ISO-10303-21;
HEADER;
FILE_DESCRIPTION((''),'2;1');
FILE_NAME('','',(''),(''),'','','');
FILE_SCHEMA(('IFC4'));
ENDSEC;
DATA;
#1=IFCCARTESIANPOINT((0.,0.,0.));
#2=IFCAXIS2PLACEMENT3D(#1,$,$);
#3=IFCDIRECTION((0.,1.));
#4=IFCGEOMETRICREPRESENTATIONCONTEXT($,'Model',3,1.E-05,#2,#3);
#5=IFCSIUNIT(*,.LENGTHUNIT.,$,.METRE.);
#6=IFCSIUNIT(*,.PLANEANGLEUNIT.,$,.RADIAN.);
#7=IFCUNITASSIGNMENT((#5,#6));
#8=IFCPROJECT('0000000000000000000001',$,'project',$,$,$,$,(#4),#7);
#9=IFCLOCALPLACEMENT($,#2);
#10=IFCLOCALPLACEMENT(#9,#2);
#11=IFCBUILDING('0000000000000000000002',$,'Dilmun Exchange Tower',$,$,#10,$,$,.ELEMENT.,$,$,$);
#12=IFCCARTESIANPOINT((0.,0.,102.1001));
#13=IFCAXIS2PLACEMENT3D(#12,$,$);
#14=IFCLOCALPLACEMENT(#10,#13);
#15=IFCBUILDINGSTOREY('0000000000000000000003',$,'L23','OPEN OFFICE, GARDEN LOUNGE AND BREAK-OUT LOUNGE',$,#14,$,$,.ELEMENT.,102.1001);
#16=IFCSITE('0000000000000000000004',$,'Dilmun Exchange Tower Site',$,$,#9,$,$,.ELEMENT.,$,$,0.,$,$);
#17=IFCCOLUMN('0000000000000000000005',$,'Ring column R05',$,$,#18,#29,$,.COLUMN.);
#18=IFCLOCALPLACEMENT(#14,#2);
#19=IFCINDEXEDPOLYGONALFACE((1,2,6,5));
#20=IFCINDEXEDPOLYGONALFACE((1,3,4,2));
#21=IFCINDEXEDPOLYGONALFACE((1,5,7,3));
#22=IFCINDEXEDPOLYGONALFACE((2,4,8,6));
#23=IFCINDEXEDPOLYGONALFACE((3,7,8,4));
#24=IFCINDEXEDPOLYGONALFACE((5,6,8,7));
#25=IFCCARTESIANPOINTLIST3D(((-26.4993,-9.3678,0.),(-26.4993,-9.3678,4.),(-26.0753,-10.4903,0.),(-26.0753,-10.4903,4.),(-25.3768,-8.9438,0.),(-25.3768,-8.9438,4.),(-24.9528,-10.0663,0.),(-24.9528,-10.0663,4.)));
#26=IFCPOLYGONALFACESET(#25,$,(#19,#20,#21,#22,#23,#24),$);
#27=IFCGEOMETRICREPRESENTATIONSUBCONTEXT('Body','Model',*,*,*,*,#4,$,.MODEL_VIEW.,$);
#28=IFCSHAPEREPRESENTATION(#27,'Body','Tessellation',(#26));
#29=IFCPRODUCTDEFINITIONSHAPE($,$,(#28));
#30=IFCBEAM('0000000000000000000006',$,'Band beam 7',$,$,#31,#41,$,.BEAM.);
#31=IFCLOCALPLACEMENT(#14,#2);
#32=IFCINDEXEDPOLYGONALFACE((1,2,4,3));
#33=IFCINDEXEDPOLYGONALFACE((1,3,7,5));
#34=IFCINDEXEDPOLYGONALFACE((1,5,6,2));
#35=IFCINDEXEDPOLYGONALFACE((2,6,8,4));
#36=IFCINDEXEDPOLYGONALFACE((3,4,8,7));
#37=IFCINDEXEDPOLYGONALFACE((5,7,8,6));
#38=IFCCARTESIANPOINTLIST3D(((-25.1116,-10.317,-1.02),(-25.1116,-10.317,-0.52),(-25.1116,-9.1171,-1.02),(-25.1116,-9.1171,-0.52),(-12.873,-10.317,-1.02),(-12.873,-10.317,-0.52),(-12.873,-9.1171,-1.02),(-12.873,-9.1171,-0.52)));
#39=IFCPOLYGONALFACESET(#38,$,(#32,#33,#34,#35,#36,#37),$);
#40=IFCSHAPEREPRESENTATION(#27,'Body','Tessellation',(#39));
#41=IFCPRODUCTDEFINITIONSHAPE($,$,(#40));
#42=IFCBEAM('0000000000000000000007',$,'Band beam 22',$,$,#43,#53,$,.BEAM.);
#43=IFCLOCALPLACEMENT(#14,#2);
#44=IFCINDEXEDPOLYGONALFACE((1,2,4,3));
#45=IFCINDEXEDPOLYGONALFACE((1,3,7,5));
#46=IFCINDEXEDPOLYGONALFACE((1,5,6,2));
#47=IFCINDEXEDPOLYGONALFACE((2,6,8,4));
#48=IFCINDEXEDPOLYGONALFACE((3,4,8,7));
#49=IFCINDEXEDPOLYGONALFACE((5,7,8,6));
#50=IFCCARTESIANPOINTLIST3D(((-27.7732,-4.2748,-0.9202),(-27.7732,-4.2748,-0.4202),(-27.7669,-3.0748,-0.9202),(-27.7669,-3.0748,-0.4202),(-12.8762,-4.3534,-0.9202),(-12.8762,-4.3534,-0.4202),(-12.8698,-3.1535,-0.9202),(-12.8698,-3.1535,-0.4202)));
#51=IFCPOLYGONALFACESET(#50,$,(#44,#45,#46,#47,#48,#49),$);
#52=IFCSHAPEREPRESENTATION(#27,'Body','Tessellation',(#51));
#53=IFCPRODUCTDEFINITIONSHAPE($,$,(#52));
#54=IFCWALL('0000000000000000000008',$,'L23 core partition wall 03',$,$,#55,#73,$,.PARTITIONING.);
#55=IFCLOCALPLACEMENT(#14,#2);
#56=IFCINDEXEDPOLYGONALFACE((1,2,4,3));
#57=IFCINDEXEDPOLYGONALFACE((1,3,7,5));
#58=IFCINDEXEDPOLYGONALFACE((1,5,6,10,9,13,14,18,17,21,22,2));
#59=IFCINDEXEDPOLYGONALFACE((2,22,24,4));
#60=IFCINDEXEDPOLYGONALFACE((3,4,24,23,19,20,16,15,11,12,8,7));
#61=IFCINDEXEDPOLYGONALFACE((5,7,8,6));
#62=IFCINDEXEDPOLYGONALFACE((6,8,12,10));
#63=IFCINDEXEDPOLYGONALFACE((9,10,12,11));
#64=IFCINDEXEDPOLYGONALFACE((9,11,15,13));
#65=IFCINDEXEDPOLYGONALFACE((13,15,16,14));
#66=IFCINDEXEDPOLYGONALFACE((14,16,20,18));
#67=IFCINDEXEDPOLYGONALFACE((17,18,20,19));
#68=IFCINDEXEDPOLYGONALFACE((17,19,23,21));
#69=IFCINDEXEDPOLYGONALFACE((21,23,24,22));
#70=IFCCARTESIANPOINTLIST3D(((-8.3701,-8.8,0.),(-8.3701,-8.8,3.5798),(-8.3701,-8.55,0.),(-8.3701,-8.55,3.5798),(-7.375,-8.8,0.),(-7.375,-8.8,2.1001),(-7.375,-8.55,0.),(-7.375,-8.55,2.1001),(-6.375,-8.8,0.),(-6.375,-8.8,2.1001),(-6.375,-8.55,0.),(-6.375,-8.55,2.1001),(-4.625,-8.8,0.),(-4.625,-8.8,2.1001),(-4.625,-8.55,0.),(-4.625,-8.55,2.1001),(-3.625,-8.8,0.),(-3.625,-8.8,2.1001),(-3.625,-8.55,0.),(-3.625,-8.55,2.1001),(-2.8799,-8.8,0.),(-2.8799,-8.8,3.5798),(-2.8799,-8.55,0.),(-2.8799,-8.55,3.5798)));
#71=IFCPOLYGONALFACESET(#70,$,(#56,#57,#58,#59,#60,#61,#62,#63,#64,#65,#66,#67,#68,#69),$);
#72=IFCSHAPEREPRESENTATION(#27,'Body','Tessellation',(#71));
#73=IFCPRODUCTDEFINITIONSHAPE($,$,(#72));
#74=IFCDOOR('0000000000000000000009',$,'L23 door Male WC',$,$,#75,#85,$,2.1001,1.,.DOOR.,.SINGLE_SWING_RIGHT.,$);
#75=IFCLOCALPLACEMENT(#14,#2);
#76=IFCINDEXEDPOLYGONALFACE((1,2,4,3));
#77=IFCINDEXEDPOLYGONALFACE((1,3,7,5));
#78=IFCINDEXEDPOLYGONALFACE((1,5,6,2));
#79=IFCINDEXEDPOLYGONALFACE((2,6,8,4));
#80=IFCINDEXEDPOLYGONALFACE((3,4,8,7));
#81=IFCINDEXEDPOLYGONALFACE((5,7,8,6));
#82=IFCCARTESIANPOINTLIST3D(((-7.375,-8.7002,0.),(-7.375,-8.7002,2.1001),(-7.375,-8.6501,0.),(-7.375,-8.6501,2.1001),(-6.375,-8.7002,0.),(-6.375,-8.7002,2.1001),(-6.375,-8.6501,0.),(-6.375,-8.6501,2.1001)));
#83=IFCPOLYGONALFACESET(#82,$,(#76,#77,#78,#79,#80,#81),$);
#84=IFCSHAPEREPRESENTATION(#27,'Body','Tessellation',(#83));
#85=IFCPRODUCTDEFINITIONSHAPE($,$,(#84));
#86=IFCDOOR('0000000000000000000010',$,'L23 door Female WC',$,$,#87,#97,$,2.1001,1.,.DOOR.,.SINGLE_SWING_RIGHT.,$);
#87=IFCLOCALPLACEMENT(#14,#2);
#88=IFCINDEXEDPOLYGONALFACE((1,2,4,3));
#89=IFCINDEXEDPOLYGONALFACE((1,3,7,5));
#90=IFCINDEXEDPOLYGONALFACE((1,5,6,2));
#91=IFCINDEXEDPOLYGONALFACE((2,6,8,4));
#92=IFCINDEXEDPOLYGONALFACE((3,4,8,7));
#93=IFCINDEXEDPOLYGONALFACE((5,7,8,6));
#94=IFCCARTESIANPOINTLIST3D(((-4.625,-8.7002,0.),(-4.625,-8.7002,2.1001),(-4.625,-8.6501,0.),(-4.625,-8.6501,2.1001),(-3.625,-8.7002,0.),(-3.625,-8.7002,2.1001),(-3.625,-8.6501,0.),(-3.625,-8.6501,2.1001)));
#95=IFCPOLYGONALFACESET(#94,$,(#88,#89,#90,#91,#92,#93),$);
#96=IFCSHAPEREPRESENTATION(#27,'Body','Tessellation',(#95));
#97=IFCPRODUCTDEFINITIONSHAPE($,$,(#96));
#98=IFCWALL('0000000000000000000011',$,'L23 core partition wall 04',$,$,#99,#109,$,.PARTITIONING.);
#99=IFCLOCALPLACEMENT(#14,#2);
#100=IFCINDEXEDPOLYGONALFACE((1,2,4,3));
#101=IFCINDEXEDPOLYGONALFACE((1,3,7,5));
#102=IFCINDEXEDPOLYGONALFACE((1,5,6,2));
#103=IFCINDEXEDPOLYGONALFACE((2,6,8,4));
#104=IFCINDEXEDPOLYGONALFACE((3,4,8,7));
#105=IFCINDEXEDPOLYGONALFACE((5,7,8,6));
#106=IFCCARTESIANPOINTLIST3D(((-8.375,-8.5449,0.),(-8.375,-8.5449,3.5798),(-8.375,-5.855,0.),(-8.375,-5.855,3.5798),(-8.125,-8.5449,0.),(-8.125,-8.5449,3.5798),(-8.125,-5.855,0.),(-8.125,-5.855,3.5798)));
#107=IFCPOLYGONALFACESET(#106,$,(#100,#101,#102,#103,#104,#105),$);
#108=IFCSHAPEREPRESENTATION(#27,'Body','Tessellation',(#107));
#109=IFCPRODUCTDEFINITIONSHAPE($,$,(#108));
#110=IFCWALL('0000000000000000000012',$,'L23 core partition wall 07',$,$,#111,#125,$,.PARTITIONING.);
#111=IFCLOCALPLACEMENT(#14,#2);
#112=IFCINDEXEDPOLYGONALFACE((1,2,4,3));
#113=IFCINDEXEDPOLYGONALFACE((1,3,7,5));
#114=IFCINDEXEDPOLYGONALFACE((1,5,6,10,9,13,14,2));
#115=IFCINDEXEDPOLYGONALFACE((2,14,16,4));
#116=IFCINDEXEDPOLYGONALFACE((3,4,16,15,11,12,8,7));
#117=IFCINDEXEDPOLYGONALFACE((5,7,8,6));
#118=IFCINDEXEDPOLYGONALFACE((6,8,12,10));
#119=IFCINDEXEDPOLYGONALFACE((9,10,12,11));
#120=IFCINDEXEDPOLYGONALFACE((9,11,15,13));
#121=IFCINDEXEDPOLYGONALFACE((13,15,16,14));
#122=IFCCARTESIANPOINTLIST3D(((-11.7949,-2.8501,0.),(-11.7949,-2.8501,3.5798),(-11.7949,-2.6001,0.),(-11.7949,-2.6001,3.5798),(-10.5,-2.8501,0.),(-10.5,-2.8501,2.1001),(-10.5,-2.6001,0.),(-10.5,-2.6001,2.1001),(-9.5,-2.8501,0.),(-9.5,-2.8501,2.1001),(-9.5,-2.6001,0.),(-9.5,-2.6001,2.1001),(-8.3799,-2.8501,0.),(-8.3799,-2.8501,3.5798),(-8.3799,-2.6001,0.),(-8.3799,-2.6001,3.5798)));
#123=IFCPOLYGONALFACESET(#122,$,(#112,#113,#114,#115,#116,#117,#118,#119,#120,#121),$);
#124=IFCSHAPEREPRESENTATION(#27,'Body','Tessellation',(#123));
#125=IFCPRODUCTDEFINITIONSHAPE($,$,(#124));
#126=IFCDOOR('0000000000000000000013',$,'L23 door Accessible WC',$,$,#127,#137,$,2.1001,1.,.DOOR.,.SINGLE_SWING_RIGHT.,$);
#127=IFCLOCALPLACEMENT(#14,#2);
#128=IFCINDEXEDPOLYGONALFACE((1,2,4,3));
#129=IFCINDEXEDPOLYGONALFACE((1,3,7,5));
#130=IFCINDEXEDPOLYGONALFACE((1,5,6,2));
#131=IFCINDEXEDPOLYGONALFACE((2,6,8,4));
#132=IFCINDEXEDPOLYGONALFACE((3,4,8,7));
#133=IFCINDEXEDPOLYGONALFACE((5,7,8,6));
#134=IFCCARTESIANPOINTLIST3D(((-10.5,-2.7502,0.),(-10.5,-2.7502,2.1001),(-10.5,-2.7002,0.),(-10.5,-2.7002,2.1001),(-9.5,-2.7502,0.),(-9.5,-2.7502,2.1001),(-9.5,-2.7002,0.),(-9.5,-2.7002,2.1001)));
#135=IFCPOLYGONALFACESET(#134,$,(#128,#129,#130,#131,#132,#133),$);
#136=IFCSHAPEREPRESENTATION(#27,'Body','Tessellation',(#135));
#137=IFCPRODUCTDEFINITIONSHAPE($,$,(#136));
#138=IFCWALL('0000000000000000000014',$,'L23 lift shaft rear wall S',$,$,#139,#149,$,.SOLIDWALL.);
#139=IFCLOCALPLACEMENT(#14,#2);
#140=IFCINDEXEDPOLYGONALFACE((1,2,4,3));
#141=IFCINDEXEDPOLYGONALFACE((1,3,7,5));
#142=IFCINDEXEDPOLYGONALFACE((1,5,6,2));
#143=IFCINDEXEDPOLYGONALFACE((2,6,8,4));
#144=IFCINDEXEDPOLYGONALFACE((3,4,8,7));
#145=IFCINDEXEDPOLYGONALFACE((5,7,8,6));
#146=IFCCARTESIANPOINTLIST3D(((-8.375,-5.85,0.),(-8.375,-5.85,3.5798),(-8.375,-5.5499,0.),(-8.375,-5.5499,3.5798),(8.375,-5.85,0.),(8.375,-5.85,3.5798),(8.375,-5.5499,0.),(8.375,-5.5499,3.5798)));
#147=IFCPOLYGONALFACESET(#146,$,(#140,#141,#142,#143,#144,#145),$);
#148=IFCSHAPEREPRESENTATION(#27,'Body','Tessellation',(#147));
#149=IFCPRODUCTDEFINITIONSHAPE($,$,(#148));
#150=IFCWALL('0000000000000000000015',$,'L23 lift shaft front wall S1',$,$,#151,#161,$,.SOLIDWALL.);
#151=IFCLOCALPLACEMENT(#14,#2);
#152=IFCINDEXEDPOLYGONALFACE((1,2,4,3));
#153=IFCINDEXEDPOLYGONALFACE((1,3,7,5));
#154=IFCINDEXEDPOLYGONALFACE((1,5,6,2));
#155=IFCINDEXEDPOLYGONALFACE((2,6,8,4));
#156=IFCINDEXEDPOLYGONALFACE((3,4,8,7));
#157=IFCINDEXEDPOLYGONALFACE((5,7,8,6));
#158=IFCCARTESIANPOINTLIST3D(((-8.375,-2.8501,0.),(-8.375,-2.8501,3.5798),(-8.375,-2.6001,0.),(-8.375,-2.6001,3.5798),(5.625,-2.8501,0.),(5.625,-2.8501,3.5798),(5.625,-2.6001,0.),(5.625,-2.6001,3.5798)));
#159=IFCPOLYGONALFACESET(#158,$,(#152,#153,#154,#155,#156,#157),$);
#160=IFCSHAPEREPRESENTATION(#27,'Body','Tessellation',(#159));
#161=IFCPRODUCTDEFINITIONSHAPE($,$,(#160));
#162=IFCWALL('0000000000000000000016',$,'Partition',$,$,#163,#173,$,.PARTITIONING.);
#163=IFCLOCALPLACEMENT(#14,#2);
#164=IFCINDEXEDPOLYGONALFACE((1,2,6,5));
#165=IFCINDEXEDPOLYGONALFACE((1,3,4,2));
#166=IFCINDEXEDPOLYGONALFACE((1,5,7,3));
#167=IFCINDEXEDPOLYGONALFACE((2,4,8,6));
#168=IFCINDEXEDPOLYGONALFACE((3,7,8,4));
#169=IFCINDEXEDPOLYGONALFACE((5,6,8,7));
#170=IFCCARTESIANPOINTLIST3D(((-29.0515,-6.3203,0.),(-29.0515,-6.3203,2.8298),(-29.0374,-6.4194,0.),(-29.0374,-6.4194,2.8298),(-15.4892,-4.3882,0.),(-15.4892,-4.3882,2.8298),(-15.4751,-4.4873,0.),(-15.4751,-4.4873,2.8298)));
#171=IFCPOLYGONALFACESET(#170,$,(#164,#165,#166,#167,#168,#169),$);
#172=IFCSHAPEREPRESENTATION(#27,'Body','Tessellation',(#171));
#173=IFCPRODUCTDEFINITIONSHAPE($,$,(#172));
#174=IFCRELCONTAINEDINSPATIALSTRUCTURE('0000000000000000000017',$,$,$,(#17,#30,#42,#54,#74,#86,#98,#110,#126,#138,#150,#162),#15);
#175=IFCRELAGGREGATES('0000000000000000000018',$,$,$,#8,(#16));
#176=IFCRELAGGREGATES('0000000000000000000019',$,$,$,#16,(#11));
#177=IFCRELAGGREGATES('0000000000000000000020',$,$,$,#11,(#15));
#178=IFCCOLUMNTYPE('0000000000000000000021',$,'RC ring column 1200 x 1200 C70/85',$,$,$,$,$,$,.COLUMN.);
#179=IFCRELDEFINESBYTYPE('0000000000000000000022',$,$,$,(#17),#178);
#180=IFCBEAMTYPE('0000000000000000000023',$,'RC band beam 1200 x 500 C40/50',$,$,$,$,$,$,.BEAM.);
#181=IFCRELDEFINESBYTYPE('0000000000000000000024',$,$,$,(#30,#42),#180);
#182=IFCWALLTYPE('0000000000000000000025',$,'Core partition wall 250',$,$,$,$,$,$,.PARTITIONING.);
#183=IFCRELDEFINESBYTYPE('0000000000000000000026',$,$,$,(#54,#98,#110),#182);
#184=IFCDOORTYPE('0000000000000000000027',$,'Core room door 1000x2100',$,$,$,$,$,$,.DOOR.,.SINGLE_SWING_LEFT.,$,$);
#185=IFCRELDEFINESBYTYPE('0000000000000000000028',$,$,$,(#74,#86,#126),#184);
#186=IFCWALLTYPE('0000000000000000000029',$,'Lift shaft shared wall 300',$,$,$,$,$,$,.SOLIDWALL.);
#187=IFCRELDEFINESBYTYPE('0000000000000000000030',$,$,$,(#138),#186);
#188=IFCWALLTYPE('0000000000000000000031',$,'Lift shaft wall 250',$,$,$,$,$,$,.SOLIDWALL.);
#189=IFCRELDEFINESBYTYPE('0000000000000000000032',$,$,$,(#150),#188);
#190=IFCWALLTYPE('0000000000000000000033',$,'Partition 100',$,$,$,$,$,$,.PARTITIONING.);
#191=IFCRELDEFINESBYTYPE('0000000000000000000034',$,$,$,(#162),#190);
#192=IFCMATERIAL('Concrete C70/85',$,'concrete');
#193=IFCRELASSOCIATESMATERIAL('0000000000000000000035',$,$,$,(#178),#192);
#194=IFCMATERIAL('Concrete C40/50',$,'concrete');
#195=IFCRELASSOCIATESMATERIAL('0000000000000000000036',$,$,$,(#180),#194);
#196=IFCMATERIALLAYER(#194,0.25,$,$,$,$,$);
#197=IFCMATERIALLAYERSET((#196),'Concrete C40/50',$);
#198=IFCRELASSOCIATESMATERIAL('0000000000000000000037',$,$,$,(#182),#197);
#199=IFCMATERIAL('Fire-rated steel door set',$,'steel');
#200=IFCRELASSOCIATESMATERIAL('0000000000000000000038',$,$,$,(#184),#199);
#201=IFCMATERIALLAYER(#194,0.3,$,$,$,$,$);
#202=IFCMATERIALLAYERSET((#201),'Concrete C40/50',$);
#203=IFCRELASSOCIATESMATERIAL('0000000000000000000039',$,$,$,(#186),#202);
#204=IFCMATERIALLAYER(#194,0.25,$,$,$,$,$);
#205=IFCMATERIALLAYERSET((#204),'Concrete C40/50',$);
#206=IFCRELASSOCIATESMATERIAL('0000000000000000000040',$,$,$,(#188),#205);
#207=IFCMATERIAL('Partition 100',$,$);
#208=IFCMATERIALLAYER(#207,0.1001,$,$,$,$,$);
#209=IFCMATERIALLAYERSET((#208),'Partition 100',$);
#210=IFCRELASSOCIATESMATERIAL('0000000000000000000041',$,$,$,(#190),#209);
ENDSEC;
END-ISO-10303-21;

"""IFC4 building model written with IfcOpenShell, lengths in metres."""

from ifc_helpers import new_model, si_unit, direction, frame, frame_2d, origin, origin_2d, place, context, subcontext, project, spatial, rectangle, extrude, material, layer, layer_set, material_profile, profile_set, type_object, element, fill, save


model = new_model("IFC4")

# Units and contexts
model_context = context("Model", 3, precision=1e-05, world=origin(), true_north=direction((0.0, 1.0)))
body_context = subcontext(model_context, "Body", "Model", "MODEL_VIEW")
ifc_project = project(units=[si_unit("LENGTHUNIT", "METRE"), si_unit("PLANEANGLEUNIT", "RADIAN")], contexts=[model_context])

# Site, building, storey
site_placement = place(None, origin())
site = spatial("IfcSite", under=ifc_project, at=site_placement, Name="Dilmun Exchange Tower Site", CompositionType="ELEMENT", RefElevation=0.0)
building_placement = place(site_placement, origin())
building = spatial("IfcBuilding", under=site, at=building_placement, Name="Dilmun Exchange Tower", CompositionType="ELEMENT")
storey_placement = place(building_placement, frame((0.0, 0.0, 102.1001)))
storey = spatial("IfcBuildingStorey", under=building, at=storey_placement, Name="L23", Description="OPEN OFFICE, GARDEN LOUNGE AND BREAK-OUT LOUNGE", CompositionType="ELEMENT", Elevation=102.1001)

# Column
ifc_material_1 = material(Name="Concrete C70/85", Category="concrete")
ifc_material_profile_1 = material_profile(ifc_material_1, rectangle(XDim=1.2, YDim=1.2, at=origin_2d()), Name="1200 x 1200")
ifc_profile_set_1 = profile_set([ifc_material_profile_1], Name="Concrete C70/85")
column_type = type_object("IfcColumnType", Name="RC ring column 1200 x 1200 C70/85", PredefinedType="COLUMN", material=ifc_profile_set_1)
column_placement = place(storey_placement, frame((-25.7261, -9.717, 0.0), z_axis=(0.0, 0.0, 1.0), x_axis=(0.935492, 0.353349, 0.0)))
element("IfcColumn", 1, at=column_placement, inside=storey, type_object=column_type, Name="Ring column R05", PredefinedType="COLUMN", context=body_context, shape_type="SweptSolid", body=[
    extrude(rectangle(XDim=1.2, YDim=1.2, at=origin_2d()), origin(), (0.0, 0.0, 1.0), 4.0),
])

# Beams
ifc_material_2 = material(Name="Concrete C40/50", Category="concrete")
ifc_material_profile_2 = material_profile(ifc_material_2, rectangle(XDim=1.2, YDim=0.5, at=origin_2d()), Name="1200 x 500")
ifc_profile_set_2 = profile_set([ifc_material_profile_2], Name="Concrete C40/50")
beam_type = type_object("IfcBeamType", Name="RC band beam 1200 x 500 C40/50", PredefinedType="BEAM", material=ifc_profile_set_2)
beam_1_placement = place(storey_placement, frame((-25.1116, -9.717, -0.77), z_axis=(1.0, 0.0, 0.0), x_axis=(0.0, 1.0, 0.0)))
element("IfcBeam", 2, at=beam_1_placement, inside=storey, type_object=beam_type, Name="Band beam 7", PredefinedType="BEAM", context=body_context, shape_type="SweptSolid", body=[
    extrude(rectangle(XDim=1.2, YDim=0.5, at=origin_2d()), origin(), (0.0, 0.0, 1.0), 12.2385),
])
beam_2_placement = place(storey_placement, frame((-27.77, -3.6748, -0.6702), z_axis=(0.999986, -0.005277, 0.0), x_axis=(0.005277, 0.999986, 0.0)))
element("IfcBeam", 3, at=beam_2_placement, inside=storey, type_object=beam_type, Name="Band beam 22", PredefinedType="BEAM", context=body_context, shape_type="SweptSolid", body=[
    extrude(rectangle(XDim=1.2, YDim=0.5, at=origin_2d()), origin(), (0.0, 0.0, 1.0), 14.8972),
])

# Wall, openings, doors
ifc_layer_1 = layer(ifc_material_2, 0.25)
ifc_layer_set_1 = layer_set([ifc_layer_1], Name="Concrete C40/50")
wall_type_1 = type_object("IfcWallType", Name="Core partition wall 250", PredefinedType="PARTITIONING", material=ifc_layer_set_1)
wall_1_placement = place(storey_placement, frame((-8.3701, -8.675, 0.0), z_axis=(0.0, 0.0, 1.0), x_axis=(1.0, 0.0, 0.0)))
wall_1 = element("IfcWall", 4, at=wall_1_placement, inside=storey, type_object=wall_type_1, Name="L23 core partition wall 03", PredefinedType="PARTITIONING", context=body_context, shape_type="SweptSolid", body=[
    extrude(rectangle(XDim=5.4902, YDim=0.25, at=frame_2d((2.7451, 0.0))), origin(), (0.0, 0.0, 1.0), 3.5798),
])
opening_1_placement = place(wall_1_placement, frame((0.9951, 0.0, 0.0)))
opening_1 = element("IfcOpeningElement", 5, at=opening_1_placement, cuts=wall_1, PredefinedType="OPENING", context=body_context, shape_type="SweptSolid", body=[
    extrude(rectangle(XDim=1.0, YDim=2.1001, at=frame_2d((0.5, 1.05))), frame((0.0, 0.135, 0.0), z_axis=(0.0, -1.0, 0.0), x_axis=(1.0, 0.0, 0.0)), (0.0, 0.0, 1.0), 0.27),
])
opening_2_placement = place(wall_1_placement, frame((3.7451, 0.0, 0.0)))
opening_2 = element("IfcOpeningElement", 6, at=opening_2_placement, cuts=wall_1, PredefinedType="OPENING", context=body_context, shape_type="SweptSolid", body=[
    extrude(rectangle(XDim=1.0, YDim=2.1001, at=frame_2d((0.5, 1.05))), frame((0.0, 0.135, 0.0), z_axis=(0.0, -1.0, 0.0), x_axis=(1.0, 0.0, 0.0)), (0.0, 0.0, 1.0), 0.27),
])
ifc_material_3 = material(Name="Fire-rated steel door set", Category="steel")
door_type = type_object("IfcDoorType", Name="Core room door 1000x2100", OperationType="SINGLE_SWING_LEFT", PredefinedType="DOOR", material=ifc_material_3)
door_1_placement = place(opening_1_placement, origin())
door_1 = element("IfcDoor", 7, at=door_1_placement, inside=storey, type_object=door_type, Name="L23 door Male WC", OperationType="SINGLE_SWING_RIGHT", OverallHeight=2.1001, OverallWidth=1.0, PredefinedType="DOOR", context=body_context, shape_type="SweptSolid", body=[
    extrude(rectangle(XDim=1.0, YDim=2.1001, at=frame_2d((0.5, 1.05))), frame((0.0, 0.0249, 0.0), z_axis=(0.0, -1.0, 0.0), x_axis=(1.0, 0.0, 0.0)), (0.0, 0.0, 1.0), 0.05),
])
fill(opening_1, door_1)
door_2_placement = place(opening_2_placement, origin())
door_2 = element("IfcDoor", 8, at=door_2_placement, inside=storey, type_object=door_type, Name="L23 door Female WC", OperationType="SINGLE_SWING_RIGHT", OverallHeight=2.1001, OverallWidth=1.0, PredefinedType="DOOR", context=body_context, shape_type="SweptSolid", body=[
    extrude(rectangle(XDim=1.0, YDim=2.1001, at=frame_2d((0.5, 1.05))), frame((0.0, 0.0249, 0.0), z_axis=(0.0, -1.0, 0.0), x_axis=(1.0, 0.0, 0.0)), (0.0, 0.0, 1.0), 0.05),
])
fill(opening_2, door_2)

# Wall
wall_2_placement = place(storey_placement, frame((-8.25, -8.5449, 0.0), z_axis=(0.0, 0.0, 1.0), x_axis=(0.0, 1.0, 0.0)))
element("IfcWall", 9, at=wall_2_placement, inside=storey, type_object=wall_type_1, Name="L23 core partition wall 04", PredefinedType="PARTITIONING", context=body_context, shape_type="SweptSolid", body=[
    extrude(rectangle(XDim=2.6899, YDim=0.25, at=frame_2d((1.345, 0.0))), origin(), (0.0, 0.0, 1.0), 3.5798),
])

# Wall, opening, door
wall_3_placement = place(storey_placement, frame((-11.7949, -2.7251, 0.0), z_axis=(0.0, 0.0, 1.0), x_axis=(1.0, 0.0, 0.0)))
wall_3 = element("IfcWall", 10, at=wall_3_placement, inside=storey, type_object=wall_type_1, Name="L23 core partition wall 07", PredefinedType="PARTITIONING", context=body_context, shape_type="SweptSolid", body=[
    extrude(rectangle(XDim=3.415, YDim=0.25, at=frame_2d((1.7075, 0.0))), origin(), (0.0, 0.0, 1.0), 3.5798),
])
opening_3_placement = place(wall_3_placement, frame((1.2949, 0.0, 0.0)))
opening_3 = element("IfcOpeningElement", 11, at=opening_3_placement, cuts=wall_3, PredefinedType="OPENING", context=body_context, shape_type="SweptSolid", body=[
    extrude(rectangle(XDim=1.0, YDim=2.1001, at=frame_2d((0.5, 1.05))), frame((0.0, 0.135, 0.0), z_axis=(0.0, -1.0, 0.0), x_axis=(1.0, 0.0, 0.0)), (0.0, 0.0, 1.0), 0.27),
])
door_3_placement = place(opening_3_placement, origin())
door_3 = element("IfcDoor", 12, at=door_3_placement, inside=storey, type_object=door_type, Name="L23 door Accessible WC", OperationType="SINGLE_SWING_RIGHT", OverallHeight=2.1001, OverallWidth=1.0, PredefinedType="DOOR", context=body_context, shape_type="SweptSolid", body=[
    extrude(rectangle(XDim=1.0, YDim=2.1001, at=frame_2d((0.5, 1.05))), frame((0.0, 0.0249, 0.0), z_axis=(0.0, -1.0, 0.0), x_axis=(1.0, 0.0, 0.0)), (0.0, 0.0, 1.0), 0.05),
])
fill(opening_3, door_3)

# Walls
ifc_layer_2 = layer(ifc_material_2, 0.3)
ifc_layer_set_2 = layer_set([ifc_layer_2], Name="Concrete C40/50")
wall_type_2 = type_object("IfcWallType", Name="Lift shaft shared wall 300", PredefinedType="SOLIDWALL", material=ifc_layer_set_2)
wall_4_placement = place(storey_placement, frame((-8.375, -5.7, 0.0), z_axis=(0.0, 0.0, 1.0), x_axis=(1.0, 0.0, 0.0)))
element("IfcWall", 13, at=wall_4_placement, inside=storey, type_object=wall_type_2, Name="L23 lift shaft rear wall S", PredefinedType="SOLIDWALL", context=body_context, shape_type="SweptSolid", body=[
    extrude(rectangle(XDim=16.75, YDim=0.3, at=frame_2d((8.375, 0.0))), origin(), (0.0, 0.0, 1.0), 3.5798),
])
ifc_layer_3 = layer(ifc_material_2, 0.25)
ifc_layer_set_3 = layer_set([ifc_layer_3], Name="Concrete C40/50")
wall_type_3 = type_object("IfcWallType", Name="Lift shaft wall 250", PredefinedType="SOLIDWALL", material=ifc_layer_set_3)
wall_5_placement = place(storey_placement, frame((-8.375, -2.7251, 0.0), z_axis=(0.0, 0.0, 1.0), x_axis=(1.0, 0.0, 0.0)))
element("IfcWall", 14, at=wall_5_placement, inside=storey, type_object=wall_type_3, Name="L23 lift shaft front wall S1", PredefinedType="SOLIDWALL", context=body_context, shape_type="SweptSolid", body=[
    extrude(rectangle(XDim=14.0, YDim=0.25, at=frame_2d((7.0, 0.0))), origin(), (0.0, 0.0, 1.0), 3.5798),
])
ifc_material_4 = material(Name="Partition 100")
ifc_layer_4 = layer(ifc_material_4, 0.1001)
ifc_layer_set_4 = layer_set([ifc_layer_4], Name="Partition 100")
wall_type_4 = type_object("IfcWallType", Name="Partition 100", PredefinedType="PARTITIONING", material=ifc_layer_set_4)
wall_6_placement = place(storey_placement, frame((-29.0444, -6.3699, 0.0), z_axis=(0.0, 0.0, 1.0), x_axis=(0.990004, 0.14104, 0.0)))
element("IfcWall", 15, at=wall_6_placement, inside=storey, type_object=wall_type_4, Name="Partition", PredefinedType="PARTITIONING", context=body_context, shape_type="SweptSolid", body=[
    extrude(rectangle(XDim=13.6992, YDim=0.1001, at=frame_2d((6.8496, 0.0))), origin(), (0.0, 0.0, 1.0), 2.8298),
])

save(model, "model.ifc")
